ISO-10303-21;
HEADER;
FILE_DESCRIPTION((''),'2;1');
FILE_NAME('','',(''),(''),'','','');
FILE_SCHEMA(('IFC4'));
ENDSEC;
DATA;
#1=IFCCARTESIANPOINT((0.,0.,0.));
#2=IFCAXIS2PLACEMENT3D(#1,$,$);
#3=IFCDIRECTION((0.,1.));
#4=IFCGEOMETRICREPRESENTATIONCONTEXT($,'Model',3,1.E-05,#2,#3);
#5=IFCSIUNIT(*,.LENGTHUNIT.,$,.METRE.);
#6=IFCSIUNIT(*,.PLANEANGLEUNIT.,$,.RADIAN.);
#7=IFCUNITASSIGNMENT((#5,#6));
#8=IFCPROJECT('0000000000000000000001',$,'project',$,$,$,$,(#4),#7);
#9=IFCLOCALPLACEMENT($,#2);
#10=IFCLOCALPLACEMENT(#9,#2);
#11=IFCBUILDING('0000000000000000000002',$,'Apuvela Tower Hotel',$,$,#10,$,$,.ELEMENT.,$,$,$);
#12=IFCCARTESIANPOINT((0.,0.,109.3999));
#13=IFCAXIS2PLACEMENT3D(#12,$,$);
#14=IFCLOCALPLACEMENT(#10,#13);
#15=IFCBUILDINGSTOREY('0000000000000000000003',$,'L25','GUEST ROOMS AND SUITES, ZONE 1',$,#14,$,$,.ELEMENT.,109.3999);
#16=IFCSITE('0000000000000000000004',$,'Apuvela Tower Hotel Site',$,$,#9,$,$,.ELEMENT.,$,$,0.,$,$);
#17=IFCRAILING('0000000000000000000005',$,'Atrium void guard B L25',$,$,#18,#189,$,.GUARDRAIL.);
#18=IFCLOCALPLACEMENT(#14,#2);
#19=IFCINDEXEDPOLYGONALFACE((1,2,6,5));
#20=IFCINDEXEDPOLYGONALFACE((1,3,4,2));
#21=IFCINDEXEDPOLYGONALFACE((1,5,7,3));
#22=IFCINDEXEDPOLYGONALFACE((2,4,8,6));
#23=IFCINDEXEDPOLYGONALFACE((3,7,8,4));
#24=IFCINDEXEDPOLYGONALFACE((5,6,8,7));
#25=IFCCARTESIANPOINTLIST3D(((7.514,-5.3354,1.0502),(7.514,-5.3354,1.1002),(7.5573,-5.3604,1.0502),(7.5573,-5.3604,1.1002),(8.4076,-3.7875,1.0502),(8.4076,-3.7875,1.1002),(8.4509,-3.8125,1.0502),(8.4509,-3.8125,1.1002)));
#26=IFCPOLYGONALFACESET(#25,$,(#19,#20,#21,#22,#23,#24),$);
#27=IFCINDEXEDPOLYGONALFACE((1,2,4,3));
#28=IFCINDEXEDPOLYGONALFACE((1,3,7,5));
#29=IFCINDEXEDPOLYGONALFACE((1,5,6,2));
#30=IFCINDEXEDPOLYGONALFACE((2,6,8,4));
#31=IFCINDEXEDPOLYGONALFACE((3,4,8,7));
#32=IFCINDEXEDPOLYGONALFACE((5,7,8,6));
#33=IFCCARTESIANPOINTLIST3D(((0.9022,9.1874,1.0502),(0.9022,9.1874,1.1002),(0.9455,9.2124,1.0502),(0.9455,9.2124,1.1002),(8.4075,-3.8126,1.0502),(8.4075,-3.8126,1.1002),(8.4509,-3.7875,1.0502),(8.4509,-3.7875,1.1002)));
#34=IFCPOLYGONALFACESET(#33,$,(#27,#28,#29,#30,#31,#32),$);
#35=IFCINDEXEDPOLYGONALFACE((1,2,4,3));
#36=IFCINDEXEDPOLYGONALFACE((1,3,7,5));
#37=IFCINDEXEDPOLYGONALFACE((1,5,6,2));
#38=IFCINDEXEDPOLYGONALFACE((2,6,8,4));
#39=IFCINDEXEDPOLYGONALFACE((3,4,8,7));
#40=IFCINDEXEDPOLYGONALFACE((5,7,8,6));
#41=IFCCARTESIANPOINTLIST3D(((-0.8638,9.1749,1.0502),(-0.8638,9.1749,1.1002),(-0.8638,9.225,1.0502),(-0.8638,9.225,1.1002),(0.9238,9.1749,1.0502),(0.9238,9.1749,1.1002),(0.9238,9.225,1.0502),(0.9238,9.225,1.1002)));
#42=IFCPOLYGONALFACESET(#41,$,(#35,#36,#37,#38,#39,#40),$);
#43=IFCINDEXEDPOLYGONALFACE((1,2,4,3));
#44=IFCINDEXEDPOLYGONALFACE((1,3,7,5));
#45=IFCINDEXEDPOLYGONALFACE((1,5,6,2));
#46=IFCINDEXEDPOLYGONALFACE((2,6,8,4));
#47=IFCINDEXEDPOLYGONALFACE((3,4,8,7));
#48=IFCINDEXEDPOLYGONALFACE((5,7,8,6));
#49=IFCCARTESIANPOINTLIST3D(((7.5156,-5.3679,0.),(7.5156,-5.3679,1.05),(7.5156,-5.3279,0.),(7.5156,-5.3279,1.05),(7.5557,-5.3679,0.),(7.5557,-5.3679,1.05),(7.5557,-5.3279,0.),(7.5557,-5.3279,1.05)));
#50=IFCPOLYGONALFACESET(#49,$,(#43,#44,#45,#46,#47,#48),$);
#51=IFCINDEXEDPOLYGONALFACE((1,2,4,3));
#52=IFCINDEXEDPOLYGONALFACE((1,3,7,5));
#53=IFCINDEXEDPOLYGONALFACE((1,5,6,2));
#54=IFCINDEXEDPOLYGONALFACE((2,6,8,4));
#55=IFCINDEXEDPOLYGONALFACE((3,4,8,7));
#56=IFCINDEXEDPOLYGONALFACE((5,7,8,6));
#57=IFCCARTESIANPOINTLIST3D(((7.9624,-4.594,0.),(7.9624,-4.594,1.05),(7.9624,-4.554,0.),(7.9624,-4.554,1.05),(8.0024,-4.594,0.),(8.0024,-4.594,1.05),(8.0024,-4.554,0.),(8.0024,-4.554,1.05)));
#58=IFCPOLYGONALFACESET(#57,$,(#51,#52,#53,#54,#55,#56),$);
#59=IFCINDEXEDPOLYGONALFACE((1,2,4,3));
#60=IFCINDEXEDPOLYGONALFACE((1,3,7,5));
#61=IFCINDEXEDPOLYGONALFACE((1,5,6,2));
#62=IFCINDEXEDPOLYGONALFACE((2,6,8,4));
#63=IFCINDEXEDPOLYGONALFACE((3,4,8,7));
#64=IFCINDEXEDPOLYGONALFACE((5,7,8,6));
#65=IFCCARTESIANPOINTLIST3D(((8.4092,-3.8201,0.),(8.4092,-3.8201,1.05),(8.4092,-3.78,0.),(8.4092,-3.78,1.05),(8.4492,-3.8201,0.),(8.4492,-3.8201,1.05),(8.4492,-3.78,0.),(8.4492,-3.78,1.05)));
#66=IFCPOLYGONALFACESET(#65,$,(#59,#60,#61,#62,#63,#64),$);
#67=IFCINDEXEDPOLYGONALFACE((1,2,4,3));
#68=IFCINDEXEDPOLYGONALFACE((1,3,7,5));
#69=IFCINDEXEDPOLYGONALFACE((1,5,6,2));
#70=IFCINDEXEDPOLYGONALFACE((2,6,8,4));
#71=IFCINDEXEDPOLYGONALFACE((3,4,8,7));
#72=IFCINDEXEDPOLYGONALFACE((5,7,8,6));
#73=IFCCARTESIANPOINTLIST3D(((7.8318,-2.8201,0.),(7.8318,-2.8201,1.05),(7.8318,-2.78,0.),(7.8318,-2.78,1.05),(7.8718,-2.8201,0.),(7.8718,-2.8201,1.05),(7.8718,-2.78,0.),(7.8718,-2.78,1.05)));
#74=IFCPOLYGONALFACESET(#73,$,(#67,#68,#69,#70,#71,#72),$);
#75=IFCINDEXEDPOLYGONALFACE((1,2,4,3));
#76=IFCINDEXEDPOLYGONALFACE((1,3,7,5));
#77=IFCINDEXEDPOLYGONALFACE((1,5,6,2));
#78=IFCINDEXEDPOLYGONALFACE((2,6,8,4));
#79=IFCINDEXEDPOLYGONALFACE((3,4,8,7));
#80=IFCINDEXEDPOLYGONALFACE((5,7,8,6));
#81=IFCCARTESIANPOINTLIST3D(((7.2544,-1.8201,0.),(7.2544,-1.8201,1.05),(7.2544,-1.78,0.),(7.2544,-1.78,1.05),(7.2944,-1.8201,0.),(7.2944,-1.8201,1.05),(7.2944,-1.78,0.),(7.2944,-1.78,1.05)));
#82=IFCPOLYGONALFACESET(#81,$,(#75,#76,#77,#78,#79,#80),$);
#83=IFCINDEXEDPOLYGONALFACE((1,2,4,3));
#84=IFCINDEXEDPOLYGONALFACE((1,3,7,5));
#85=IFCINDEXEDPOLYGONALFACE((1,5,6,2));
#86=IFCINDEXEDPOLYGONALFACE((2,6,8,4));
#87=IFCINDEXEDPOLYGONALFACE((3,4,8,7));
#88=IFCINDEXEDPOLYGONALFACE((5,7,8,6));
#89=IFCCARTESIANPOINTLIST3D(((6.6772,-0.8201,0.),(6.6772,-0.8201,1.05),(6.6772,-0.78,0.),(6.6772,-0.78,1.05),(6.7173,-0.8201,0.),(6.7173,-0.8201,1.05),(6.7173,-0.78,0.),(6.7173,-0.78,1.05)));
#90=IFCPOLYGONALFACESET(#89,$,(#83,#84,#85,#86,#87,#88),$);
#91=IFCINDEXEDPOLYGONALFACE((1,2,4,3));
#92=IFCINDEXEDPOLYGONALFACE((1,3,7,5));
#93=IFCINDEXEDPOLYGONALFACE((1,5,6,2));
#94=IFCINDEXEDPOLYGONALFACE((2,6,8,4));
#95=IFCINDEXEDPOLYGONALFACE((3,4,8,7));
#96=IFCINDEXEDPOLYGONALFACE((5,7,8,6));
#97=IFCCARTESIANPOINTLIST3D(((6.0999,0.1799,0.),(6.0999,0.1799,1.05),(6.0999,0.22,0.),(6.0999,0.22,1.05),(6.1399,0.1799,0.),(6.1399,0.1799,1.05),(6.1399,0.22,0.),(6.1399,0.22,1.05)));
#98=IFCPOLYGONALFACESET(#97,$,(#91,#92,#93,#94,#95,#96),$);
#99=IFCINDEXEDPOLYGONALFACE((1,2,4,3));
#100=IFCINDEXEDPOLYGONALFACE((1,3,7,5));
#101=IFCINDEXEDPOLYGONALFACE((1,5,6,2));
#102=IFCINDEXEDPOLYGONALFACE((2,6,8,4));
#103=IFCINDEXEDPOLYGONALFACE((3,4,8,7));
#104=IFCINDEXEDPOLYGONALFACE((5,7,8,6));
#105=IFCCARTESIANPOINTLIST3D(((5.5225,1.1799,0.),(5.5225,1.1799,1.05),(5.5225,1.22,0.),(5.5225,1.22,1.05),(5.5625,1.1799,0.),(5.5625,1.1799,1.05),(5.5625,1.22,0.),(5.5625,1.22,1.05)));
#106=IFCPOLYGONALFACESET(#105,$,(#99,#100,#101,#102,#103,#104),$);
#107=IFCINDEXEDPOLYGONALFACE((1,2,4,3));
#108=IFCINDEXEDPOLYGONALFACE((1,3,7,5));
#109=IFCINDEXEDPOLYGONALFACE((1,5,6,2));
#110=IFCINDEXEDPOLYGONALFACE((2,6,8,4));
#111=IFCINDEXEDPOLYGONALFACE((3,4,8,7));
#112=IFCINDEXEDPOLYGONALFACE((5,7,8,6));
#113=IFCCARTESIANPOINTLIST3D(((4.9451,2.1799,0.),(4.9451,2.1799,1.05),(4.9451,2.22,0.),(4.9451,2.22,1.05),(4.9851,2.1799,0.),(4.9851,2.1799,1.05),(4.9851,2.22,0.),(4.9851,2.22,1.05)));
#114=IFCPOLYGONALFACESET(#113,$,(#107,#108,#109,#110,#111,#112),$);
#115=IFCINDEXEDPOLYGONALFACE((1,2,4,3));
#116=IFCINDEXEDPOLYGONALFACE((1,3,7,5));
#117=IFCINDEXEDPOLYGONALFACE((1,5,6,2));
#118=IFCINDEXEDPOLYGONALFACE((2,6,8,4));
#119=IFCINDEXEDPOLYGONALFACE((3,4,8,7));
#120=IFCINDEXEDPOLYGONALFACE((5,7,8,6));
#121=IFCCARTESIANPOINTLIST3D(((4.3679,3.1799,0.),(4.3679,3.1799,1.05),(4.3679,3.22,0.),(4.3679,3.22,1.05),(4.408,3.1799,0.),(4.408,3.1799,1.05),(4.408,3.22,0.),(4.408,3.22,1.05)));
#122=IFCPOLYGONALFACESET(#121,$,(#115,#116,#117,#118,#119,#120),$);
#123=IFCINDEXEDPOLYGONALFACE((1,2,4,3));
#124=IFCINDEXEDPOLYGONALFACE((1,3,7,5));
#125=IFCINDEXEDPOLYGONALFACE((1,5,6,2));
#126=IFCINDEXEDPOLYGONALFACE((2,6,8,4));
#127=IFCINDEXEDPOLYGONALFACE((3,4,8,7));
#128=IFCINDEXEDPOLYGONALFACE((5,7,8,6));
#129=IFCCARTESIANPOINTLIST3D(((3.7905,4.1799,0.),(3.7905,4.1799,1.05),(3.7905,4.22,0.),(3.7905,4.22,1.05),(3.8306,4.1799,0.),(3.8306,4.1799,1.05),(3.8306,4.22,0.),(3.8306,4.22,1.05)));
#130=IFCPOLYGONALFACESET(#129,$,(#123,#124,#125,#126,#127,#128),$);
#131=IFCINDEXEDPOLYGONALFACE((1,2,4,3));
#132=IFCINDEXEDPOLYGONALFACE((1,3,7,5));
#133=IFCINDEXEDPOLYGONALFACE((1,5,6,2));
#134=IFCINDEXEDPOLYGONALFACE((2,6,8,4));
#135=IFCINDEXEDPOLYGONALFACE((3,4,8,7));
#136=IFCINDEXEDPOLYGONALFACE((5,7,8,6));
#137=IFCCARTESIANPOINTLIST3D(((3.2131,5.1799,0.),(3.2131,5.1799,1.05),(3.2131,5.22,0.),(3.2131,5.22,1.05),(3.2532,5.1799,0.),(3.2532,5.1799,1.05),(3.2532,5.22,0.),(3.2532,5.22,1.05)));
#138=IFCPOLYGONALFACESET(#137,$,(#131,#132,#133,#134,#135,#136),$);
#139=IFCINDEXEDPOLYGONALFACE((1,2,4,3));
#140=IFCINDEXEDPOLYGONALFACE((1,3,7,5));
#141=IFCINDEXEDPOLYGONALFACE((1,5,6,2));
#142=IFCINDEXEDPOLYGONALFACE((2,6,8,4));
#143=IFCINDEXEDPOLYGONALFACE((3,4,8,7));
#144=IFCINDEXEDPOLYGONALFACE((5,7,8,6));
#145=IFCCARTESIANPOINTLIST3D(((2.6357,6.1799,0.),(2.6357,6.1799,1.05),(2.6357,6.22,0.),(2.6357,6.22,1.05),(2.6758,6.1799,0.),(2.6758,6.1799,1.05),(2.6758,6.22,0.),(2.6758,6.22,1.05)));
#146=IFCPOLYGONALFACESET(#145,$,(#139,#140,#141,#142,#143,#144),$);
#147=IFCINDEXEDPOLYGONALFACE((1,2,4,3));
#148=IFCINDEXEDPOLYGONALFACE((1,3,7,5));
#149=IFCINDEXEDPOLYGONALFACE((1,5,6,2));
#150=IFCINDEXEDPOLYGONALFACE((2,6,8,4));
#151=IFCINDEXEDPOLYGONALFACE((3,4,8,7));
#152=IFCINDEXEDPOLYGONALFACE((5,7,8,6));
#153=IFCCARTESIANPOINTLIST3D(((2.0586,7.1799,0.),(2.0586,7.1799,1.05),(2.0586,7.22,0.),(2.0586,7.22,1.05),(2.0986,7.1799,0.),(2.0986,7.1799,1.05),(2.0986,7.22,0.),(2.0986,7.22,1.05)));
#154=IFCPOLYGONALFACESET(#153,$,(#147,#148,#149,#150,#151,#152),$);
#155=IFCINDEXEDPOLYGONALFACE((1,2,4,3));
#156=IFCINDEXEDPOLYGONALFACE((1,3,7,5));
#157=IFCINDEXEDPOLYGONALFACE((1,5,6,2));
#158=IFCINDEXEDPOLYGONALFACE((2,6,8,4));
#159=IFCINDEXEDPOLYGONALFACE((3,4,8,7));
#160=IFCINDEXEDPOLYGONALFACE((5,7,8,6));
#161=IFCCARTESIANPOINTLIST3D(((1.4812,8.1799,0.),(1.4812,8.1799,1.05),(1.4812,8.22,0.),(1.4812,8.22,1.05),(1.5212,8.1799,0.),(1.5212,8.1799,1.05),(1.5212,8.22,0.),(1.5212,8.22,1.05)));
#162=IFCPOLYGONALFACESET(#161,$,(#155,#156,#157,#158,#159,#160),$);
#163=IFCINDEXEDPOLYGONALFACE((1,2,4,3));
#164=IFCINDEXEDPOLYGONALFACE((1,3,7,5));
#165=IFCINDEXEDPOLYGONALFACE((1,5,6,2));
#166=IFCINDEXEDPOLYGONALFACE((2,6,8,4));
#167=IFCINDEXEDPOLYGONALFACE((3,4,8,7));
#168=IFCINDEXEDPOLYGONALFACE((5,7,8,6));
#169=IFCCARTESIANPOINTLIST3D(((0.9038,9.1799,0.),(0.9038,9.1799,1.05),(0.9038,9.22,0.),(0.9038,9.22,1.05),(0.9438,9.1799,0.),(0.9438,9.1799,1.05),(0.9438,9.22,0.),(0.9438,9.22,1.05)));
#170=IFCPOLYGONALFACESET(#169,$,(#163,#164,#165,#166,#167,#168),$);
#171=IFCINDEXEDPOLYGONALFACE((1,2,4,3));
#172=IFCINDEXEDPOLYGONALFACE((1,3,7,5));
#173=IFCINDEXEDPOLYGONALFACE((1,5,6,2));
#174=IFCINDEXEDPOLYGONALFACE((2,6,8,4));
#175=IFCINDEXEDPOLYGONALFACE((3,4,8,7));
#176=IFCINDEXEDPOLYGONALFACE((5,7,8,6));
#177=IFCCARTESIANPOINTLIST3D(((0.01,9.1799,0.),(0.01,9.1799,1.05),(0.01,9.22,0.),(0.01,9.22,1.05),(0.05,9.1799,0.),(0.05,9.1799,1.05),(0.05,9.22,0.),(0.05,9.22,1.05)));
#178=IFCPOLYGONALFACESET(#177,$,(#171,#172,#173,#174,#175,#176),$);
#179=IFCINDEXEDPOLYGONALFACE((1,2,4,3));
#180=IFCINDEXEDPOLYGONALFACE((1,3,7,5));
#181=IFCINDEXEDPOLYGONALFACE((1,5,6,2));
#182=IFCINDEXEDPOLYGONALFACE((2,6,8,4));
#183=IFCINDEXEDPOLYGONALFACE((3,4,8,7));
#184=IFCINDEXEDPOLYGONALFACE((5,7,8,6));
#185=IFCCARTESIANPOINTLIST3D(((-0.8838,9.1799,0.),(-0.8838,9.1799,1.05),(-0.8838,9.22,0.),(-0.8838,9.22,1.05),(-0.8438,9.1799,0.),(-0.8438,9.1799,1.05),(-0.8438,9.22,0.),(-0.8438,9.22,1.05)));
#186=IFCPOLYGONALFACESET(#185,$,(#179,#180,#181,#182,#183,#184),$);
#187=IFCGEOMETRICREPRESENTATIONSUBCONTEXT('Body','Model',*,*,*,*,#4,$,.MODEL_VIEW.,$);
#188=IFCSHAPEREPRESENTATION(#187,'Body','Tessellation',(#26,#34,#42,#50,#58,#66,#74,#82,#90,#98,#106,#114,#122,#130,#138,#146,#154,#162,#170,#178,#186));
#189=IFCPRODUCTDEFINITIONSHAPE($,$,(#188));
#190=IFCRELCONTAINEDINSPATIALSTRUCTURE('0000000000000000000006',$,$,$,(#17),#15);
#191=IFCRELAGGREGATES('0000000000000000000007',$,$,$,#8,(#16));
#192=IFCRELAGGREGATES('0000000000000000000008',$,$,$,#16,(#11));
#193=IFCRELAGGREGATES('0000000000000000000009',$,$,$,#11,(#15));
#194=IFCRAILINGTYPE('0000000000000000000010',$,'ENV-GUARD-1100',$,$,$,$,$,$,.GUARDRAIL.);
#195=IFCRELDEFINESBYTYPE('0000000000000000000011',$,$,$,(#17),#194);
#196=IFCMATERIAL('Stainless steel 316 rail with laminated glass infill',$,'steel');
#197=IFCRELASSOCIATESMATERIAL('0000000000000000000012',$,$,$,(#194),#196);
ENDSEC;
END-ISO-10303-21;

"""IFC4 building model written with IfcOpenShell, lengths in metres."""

from ifc_helpers import new_model, si_unit, direction, frame, origin, origin_2d, place, context, subcontext, project, spatial, rectangle, extrude, material, type_object, element, save


model = new_model("IFC4")

# Units and contexts
model_context = context("Model", 3, precision=1e-05, world=origin(), true_north=direction((0.0, 1.0)))
body_context = subcontext(model_context, "Body", "Model", "MODEL_VIEW")
ifc_project = project(units=[si_unit("LENGTHUNIT", "METRE"), si_unit("PLANEANGLEUNIT", "RADIAN")], contexts=[model_context])

# Site, building, storey
site_placement = place(None, origin())
site = spatial("IfcSite", under=ifc_project, at=site_placement, Name="Apuvela Tower Hotel Site", CompositionType="ELEMENT", RefElevation=0.0)
building_placement = place(site_placement, origin())
building = spatial("IfcBuilding", under=site, at=building_placement, Name="Apuvela Tower Hotel", CompositionType="ELEMENT")
storey_placement = place(building_placement, frame((0.0, 0.0, 109.3999)))
storey = spatial("IfcBuildingStorey", under=building, at=storey_placement, Name="L25", Description="GUEST ROOMS AND SUITES, ZONE 1", CompositionType="ELEMENT", Elevation=109.3999)

# Railing
ifc_material_1 = material(Name="Stainless steel 316 rail with laminated glass infill", Category="steel")
railing_type_1 = type_object("IfcRailingType", Name="ENV-GUARD-1100", PredefinedType="GUARDRAIL", material=ifc_material_1)
railing_1_placement = place(storey_placement, frame((7.5356, -5.3479, 0.0)))
element("IfcRailing", 1, at=railing_1_placement, inside=storey, type_object=railing_type_1, Name="Atrium void guard B L25", PredefinedType="GUARDRAIL", context=body_context, shape_type="SweptSolid", body=[
    extrude(rectangle(XDim=0.05, YDim=0.05, at=origin_2d()), frame((0.0, 0.0, 1.0752), z_axis=(0.499959, 0.866049, 0.0), x_axis=(-0.866049, 0.499959, 0.0)), (0.0, 0.0, 1.0), 1.7874),
    extrude(rectangle(XDim=0.05, YDim=0.05, at=origin_2d()), frame((0.8936, 1.5479, 1.0752), z_axis=(-0.499991, 0.866031, 0.0), x_axis=(-0.866031, -0.499991, 0.0)), (0.0, 0.0, 1.0), 15.011),
    extrude(rectangle(XDim=0.05, YDim=0.05, at=origin_2d()), frame((-6.6118, 14.5479, 1.0752), z_axis=(-1.0, 0.0, 0.0), x_axis=(0.0, -1.0, 0.0)), (0.0, 0.0, 1.0), 1.7876),
    extrude(rectangle(XDim=0.04, YDim=0.04, at=origin_2d()), origin(), (0.0, 0.0, 1.0), 1.05),
    extrude(rectangle(XDim=0.04, YDim=0.04, at=origin_2d()), frame((0.4468, 0.7739, 0.0)), (0.0, 0.0, 1.0), 1.05),
    extrude(rectangle(XDim=0.04, YDim=0.04, at=origin_2d()), frame((0.8936, 1.5479, 0.0)), (0.0, 0.0, 1.0), 1.05),
    extrude(rectangle(XDim=0.04, YDim=0.04, at=origin_2d()), frame((0.3162, 2.5479, 0.0)), (0.0, 0.0, 1.0), 1.05),
    extrude(rectangle(XDim=0.04, YDim=0.04, at=origin_2d()), frame((-0.2612, 3.5479, 0.0)), (0.0, 0.0, 1.0), 1.05),
    extrude(rectangle(XDim=0.04, YDim=0.04, at=origin_2d()), frame((-0.8384, 4.5479, 0.0)), (0.0, 0.0, 1.0), 1.05),
    extrude(rectangle(XDim=0.04, YDim=0.04, at=origin_2d()), frame((-1.4158, 5.5479, 0.0)), (0.0, 0.0, 1.0), 1.05),
    extrude(rectangle(XDim=0.04, YDim=0.04, at=origin_2d()), frame((-1.9932, 6.5479, 0.0)), (0.0, 0.0, 1.0), 1.05),
    extrude(rectangle(XDim=0.04, YDim=0.04, at=origin_2d()), frame((-2.5706, 7.5479, 0.0)), (0.0, 0.0, 1.0), 1.05),
    extrude(rectangle(XDim=0.04, YDim=0.04, at=origin_2d()), frame((-3.1477, 8.5479, 0.0)), (0.0, 0.0, 1.0), 1.05),
    extrude(rectangle(XDim=0.04, YDim=0.04, at=origin_2d()), frame((-3.7251, 9.5479, 0.0)), (0.0, 0.0, 1.0), 1.05),
    extrude(rectangle(XDim=0.04, YDim=0.04, at=origin_2d()), frame((-4.3025, 10.5479, 0.0)), (0.0, 0.0, 1.0), 1.05),
    extrude(rectangle(XDim=0.04, YDim=0.04, at=origin_2d()), frame((-4.8799, 11.5479, 0.0)), (0.0, 0.0, 1.0), 1.05),
    extrude(rectangle(XDim=0.04, YDim=0.04, at=origin_2d()), frame((-5.457, 12.5479, 0.0)), (0.0, 0.0, 1.0), 1.05),
    extrude(rectangle(XDim=0.04, YDim=0.04, at=origin_2d()), frame((-6.0344, 13.5479, 0.0)), (0.0, 0.0, 1.0), 1.05),
    extrude(rectangle(XDim=0.04, YDim=0.04, at=origin_2d()), frame((-6.6118, 14.5479, 0.0)), (0.0, 0.0, 1.0), 1.05),
    extrude(rectangle(XDim=0.04, YDim=0.04, at=origin_2d()), frame((-7.5056, 14.5479, 0.0)), (0.0, 0.0, 1.0), 1.05),
    extrude(rectangle(XDim=0.04, YDim=0.04, at=origin_2d()), frame((-8.3994, 14.5479, 0.0)), (0.0, 0.0, 1.0), 1.05),
])

save(model, "model.ifc")
